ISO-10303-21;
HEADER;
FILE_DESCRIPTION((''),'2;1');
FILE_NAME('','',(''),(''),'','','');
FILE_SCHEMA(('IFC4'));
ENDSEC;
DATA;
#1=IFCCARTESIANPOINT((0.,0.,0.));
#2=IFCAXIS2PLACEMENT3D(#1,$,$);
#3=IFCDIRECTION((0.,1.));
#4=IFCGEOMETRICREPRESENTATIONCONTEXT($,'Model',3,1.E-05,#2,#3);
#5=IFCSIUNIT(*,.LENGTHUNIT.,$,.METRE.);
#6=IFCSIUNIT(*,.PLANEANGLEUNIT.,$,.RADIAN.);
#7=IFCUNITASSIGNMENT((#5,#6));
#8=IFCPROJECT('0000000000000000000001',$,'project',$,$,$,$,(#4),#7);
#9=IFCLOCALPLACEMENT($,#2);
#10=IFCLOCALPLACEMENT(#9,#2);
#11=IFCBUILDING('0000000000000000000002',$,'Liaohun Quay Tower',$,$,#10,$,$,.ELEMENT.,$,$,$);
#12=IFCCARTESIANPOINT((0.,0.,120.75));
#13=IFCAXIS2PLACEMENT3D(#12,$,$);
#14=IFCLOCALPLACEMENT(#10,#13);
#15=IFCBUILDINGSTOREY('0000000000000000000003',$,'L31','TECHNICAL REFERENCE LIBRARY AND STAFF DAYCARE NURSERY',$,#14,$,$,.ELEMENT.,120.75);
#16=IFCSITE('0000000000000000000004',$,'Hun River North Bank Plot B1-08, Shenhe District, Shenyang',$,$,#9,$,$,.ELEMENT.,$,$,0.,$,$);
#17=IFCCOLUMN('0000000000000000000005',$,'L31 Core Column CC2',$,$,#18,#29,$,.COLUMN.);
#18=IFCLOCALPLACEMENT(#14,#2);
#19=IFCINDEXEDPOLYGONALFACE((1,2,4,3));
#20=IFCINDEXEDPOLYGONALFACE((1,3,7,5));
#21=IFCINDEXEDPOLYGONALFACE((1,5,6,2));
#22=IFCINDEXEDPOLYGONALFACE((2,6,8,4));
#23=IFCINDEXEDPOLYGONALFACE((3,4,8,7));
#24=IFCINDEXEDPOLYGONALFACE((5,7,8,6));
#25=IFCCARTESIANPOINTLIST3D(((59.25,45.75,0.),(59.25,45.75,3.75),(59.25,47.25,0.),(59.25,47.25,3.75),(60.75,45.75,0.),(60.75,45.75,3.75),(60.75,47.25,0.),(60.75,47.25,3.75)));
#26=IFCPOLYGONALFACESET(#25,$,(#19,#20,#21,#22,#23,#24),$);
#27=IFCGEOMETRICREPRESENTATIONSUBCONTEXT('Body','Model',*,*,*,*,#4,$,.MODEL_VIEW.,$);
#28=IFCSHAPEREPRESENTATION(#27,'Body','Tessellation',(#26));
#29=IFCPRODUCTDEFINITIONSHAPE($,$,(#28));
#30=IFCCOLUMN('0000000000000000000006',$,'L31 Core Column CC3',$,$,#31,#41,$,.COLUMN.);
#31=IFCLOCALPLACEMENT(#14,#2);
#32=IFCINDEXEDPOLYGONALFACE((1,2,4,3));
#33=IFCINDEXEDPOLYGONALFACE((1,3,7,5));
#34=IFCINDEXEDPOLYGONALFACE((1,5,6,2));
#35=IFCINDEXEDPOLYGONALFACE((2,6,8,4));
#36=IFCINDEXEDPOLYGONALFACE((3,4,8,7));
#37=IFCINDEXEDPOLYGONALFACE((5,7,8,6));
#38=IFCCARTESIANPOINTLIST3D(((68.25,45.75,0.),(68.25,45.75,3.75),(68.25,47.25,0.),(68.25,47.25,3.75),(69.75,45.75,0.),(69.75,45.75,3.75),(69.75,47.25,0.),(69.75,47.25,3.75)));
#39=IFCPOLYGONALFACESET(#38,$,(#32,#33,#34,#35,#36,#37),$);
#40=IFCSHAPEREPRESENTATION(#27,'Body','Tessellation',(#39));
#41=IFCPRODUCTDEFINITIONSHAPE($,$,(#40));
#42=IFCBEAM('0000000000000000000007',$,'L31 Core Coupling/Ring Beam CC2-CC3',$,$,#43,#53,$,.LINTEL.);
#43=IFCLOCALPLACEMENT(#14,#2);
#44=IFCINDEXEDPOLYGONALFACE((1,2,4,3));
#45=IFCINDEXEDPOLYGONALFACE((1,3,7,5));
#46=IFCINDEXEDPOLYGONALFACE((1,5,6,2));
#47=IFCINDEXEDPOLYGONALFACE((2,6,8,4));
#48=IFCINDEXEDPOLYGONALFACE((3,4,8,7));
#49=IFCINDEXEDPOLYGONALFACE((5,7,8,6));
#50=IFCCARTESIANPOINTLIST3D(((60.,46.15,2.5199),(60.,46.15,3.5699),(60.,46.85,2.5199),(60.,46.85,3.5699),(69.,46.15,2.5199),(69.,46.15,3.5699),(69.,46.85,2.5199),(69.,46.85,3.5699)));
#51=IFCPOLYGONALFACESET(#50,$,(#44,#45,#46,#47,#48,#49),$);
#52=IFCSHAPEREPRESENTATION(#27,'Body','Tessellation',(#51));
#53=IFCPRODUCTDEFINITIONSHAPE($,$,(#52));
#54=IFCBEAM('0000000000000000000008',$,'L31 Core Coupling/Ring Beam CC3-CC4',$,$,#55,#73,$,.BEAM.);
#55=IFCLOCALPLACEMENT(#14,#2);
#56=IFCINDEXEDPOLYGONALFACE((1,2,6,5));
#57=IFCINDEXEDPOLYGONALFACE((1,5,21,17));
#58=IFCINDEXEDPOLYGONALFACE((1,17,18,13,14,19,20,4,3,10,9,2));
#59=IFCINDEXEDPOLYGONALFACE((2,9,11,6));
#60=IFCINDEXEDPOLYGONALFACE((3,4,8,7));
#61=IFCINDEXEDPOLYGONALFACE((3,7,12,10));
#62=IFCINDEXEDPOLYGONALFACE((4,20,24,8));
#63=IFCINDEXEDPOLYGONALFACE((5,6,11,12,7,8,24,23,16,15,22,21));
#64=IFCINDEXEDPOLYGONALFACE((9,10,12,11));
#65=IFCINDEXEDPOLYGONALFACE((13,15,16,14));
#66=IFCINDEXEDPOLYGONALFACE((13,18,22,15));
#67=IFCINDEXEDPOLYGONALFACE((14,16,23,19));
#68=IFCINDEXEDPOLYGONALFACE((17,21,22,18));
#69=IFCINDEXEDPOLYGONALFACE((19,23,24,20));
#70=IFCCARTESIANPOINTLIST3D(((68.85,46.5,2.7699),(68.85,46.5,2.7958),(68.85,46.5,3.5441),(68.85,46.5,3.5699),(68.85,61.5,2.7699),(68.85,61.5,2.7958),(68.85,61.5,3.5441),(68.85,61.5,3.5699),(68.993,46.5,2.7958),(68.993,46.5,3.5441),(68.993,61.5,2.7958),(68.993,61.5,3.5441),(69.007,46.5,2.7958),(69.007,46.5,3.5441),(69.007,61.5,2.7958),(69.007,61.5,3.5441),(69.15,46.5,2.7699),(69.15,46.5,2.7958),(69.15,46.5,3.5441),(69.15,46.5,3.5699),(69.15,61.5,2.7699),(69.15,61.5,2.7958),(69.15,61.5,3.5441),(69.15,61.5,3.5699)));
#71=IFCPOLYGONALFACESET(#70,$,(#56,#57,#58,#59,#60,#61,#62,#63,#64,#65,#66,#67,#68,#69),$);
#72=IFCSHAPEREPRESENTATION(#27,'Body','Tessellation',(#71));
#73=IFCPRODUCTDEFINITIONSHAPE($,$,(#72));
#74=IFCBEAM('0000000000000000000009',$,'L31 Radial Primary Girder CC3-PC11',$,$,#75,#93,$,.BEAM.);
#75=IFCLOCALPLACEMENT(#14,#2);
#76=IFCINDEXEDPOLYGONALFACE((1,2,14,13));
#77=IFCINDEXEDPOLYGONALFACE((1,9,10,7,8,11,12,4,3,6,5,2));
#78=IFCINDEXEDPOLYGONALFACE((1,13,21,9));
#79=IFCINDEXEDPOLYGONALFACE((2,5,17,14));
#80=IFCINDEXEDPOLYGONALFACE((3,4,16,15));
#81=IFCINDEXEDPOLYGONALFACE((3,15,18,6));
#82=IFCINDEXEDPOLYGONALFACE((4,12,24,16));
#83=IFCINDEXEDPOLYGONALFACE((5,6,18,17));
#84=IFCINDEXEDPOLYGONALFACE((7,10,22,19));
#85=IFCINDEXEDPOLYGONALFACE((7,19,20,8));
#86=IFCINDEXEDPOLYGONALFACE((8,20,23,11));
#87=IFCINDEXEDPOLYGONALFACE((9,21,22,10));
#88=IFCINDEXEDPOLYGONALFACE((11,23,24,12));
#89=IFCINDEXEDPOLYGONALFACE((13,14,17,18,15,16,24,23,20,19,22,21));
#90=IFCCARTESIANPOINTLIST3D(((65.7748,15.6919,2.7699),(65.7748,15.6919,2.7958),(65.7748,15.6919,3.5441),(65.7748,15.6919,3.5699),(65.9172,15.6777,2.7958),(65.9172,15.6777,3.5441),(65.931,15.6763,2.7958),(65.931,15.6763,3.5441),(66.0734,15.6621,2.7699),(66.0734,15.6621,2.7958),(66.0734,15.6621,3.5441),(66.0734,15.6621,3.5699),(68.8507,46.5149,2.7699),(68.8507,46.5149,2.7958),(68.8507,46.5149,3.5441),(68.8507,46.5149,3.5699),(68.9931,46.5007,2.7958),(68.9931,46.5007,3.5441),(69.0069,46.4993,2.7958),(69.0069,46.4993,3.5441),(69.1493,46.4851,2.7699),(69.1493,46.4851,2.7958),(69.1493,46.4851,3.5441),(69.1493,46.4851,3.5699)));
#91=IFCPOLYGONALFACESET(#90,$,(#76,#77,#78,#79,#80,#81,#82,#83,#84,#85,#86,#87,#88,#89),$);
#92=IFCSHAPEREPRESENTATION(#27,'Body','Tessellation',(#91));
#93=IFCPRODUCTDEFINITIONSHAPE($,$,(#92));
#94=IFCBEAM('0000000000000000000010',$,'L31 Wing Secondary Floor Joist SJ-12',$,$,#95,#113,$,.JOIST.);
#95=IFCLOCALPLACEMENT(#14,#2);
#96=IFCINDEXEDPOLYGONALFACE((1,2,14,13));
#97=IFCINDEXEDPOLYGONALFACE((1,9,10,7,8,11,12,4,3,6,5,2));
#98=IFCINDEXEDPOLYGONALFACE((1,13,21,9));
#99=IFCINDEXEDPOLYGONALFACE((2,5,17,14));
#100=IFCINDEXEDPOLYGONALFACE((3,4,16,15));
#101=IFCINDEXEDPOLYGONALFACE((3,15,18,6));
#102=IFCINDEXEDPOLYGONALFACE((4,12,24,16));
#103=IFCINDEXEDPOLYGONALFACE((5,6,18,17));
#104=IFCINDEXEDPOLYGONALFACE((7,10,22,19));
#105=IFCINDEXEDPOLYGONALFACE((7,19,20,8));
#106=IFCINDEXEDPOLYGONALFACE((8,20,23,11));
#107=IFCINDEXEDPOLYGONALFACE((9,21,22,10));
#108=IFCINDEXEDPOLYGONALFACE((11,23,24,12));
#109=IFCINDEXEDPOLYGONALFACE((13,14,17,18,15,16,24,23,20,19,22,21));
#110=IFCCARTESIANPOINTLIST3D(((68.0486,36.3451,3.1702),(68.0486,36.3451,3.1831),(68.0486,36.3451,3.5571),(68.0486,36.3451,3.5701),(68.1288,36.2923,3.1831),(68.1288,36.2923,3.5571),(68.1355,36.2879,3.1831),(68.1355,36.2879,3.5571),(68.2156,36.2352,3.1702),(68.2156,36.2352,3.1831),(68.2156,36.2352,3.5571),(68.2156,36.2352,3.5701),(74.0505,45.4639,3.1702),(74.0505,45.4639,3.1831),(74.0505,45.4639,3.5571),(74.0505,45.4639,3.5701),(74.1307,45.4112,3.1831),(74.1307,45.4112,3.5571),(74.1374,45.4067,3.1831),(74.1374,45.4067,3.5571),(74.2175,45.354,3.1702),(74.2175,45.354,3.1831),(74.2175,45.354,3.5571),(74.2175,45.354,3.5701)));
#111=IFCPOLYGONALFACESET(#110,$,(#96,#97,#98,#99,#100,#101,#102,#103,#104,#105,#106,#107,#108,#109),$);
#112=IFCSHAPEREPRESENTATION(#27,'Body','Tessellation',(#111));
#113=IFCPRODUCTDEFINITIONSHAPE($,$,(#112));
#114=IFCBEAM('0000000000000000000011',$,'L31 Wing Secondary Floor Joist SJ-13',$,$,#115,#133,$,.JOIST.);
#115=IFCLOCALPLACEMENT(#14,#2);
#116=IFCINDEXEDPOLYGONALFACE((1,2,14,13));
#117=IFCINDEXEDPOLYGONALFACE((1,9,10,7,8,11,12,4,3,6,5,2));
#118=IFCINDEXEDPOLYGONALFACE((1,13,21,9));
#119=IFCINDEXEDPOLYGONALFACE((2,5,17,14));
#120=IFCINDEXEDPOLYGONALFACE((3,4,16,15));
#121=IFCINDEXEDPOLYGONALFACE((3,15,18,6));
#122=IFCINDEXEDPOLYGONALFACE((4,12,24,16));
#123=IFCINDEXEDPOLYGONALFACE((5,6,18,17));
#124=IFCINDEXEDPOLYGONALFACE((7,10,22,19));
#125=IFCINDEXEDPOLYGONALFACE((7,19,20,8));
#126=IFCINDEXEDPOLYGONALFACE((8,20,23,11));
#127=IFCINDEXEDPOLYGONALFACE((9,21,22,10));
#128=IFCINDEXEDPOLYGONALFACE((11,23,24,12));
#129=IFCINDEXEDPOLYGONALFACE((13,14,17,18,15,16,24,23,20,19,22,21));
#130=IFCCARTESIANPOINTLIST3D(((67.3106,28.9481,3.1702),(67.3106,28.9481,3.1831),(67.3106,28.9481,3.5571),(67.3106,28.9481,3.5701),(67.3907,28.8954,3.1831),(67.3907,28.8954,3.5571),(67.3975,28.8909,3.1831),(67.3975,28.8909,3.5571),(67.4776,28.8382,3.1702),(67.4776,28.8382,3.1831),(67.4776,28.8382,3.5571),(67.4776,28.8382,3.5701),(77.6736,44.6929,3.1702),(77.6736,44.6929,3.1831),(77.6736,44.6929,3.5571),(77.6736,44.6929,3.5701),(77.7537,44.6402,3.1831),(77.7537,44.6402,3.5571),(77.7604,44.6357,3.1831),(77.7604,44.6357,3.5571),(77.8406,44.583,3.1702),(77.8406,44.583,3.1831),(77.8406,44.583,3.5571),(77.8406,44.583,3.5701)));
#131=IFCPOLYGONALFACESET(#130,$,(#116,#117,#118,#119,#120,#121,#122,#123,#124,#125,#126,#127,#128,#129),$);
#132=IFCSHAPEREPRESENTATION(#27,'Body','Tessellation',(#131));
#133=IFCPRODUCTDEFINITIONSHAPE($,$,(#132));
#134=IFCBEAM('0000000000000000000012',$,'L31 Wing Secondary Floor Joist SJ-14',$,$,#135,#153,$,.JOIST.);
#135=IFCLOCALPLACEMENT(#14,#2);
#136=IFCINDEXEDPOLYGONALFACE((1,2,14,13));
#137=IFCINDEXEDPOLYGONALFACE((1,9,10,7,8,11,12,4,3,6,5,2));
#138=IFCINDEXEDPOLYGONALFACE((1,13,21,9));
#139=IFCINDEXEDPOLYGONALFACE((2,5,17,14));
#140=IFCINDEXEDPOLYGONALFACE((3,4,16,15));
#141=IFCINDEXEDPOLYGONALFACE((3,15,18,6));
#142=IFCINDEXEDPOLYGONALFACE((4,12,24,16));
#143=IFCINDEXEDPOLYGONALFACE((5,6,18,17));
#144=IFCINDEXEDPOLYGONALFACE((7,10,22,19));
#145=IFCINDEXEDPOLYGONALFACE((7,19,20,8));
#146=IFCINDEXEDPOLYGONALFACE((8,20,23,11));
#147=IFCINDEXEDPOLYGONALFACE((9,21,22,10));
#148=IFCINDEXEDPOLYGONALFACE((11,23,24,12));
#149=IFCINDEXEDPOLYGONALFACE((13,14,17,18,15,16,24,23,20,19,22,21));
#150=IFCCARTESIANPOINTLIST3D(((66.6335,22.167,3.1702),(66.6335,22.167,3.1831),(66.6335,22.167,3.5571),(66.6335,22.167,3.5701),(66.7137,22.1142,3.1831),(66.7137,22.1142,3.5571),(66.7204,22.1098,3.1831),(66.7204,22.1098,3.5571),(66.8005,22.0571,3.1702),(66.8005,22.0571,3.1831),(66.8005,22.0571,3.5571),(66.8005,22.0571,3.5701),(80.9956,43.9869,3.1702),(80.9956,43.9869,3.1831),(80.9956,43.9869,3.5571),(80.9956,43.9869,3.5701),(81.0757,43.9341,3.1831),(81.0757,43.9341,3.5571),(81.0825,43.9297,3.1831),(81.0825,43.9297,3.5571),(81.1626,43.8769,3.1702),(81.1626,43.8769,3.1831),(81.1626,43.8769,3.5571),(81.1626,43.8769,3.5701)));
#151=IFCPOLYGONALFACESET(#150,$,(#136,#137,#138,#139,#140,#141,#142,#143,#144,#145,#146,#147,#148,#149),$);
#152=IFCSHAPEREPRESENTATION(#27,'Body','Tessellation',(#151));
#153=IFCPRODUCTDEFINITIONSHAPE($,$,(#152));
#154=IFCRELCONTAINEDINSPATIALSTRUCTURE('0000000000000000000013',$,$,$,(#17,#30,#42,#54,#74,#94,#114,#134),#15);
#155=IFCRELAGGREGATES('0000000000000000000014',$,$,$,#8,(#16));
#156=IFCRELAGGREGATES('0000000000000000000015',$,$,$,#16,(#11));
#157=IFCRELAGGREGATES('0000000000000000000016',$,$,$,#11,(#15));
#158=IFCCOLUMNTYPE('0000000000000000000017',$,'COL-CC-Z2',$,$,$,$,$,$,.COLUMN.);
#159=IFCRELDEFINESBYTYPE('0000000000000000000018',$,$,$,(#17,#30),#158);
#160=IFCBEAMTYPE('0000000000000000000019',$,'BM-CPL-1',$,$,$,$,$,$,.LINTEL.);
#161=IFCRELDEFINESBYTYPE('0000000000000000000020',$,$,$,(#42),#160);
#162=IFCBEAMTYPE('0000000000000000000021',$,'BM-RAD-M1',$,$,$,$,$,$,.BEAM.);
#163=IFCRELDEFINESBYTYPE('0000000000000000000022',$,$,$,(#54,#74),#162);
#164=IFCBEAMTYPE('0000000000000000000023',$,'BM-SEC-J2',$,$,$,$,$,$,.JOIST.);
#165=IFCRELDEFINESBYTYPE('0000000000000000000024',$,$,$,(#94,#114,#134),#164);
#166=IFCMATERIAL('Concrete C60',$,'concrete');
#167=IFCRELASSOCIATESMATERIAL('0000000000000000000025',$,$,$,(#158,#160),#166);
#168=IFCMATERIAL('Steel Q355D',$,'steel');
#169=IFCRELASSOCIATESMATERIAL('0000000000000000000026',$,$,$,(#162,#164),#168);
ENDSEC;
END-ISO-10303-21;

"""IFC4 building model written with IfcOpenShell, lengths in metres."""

from ifc_helpers import new_model, si_unit, direction, frame, origin, origin_2d, place, context, subcontext, project, spatial, rectangle, i_section, extrude, source, transform, mapped, material, material_profile, profile_set, type_object, element, save


model = new_model("IFC4")

# Units and contexts
model_context = context("Model", 3, precision=1e-05, world=origin(), true_north=direction((0.0, 1.0)))
body_context = subcontext(model_context, "Body", "Model", "MODEL_VIEW")
ifc_project = project(units=[si_unit("LENGTHUNIT", "METRE"), si_unit("PLANEANGLEUNIT", "RADIAN")], contexts=[model_context])

# Site, building, storey
site_placement = place(None, origin())
site = spatial("IfcSite", under=ifc_project, at=site_placement, Name="Hun River North Bank Plot B1-08, Shenhe District, Shenyang", CompositionType="ELEMENT", RefElevation=0.0)
building_placement = place(site_placement, origin())
building = spatial("IfcBuilding", under=site, at=building_placement, Name="Liaohun Quay Tower", CompositionType="ELEMENT")
storey_placement = place(building_placement, frame((0.0, 0.0, 120.75)))
storey = spatial("IfcBuildingStorey", under=building, at=storey_placement, Name="L31", Description="TECHNICAL REFERENCE LIBRARY AND STAFF DAYCARE NURSERY", CompositionType="ELEMENT", Elevation=120.75)

# Columns
ifc_material_1 = material(Name="Concrete C60", Category="concrete")
ifc_material_profile_1 = material_profile(ifc_material_1, rectangle(XDim=1.5, YDim=1.5, at=origin_2d()), Name="RC1500x1500")
ifc_profile_set_1 = profile_set([ifc_material_profile_1], Name="Concrete C60")
column_type = type_object("IfcColumnType", Name="COL-CC-Z2", PredefinedType="COLUMN", material=ifc_profile_set_1)
shared_shape_1 = source(origin(), body_context, "Body", "SweptSolid", [
    extrude(rectangle(XDim=1.5, YDim=1.5, at=origin_2d()), origin(), (0.0, 0.0, 1.0), 3.75),
])
for number, where, z_axis, x_axis, name in (
    (1, (60.0, 46.5, 0.0), (0.0, 0.0, 1.0), (1.0, 0.0, 0.0), "L31 Core Column CC2"),
    (2, (69.0, 46.5, 0.0), (0.0, 0.0, 1.0), (1.0, 0.0, 0.0), "L31 Core Column CC3"),
):
    element("IfcColumn", number, at=place(storey_placement, frame(where, z_axis=z_axis, x_axis=x_axis)), inside=storey, type_object=column_type, Name=name, PredefinedType="COLUMN", context=body_context, shape_type="MappedRepresentation", body=[
        mapped(shared_shape_1, transform((0.0, 0.0, 0.0), x_axis=(1.0, 0.0, 0.0), y_axis=(0.0, 1.0, 0.0), z_axis=(0.0, 0.0, 1.0), scale=1.0)),
    ])

# Beams
ifc_material_profile_2 = material_profile(ifc_material_1, rectangle(XDim=0.7, YDim=1.05, at=origin_2d()), Name="RC700x1050")
ifc_profile_set_2 = profile_set([ifc_material_profile_2], Name="Concrete C60")
beam_type_1 = type_object("IfcBeamType", Name="BM-CPL-1", PredefinedType="LINTEL", material=ifc_profile_set_2)
shared_shape_2 = source(origin(), body_context, "Body", "SweptSolid", [
    extrude(rectangle(XDim=0.7, YDim=1.05, at=origin_2d()), origin(), (0.0, 0.0, 1.0), 9.0),
])
beam_1_placement = place(storey_placement, frame((60.0, 46.5, 3.0449), z_axis=(1.0, 0.0, 0.0), x_axis=(0.0, 1.0, 0.0)))
element("IfcBeam", 3, at=beam_1_placement, inside=storey, type_object=beam_type_1, Name="L31 Core Coupling/Ring Beam CC2-CC3", PredefinedType="LINTEL", context=body_context, shape_type="MappedRepresentation", body=[
    mapped(shared_shape_2, transform((0.0, 0.0, 0.0), x_axis=(1.0, 0.0, 0.0), y_axis=(0.0, 1.0, 0.0), z_axis=(0.0, 0.0, 1.0), scale=1.0)),
])
ifc_material_2 = material(Name="Steel Q355D", Category="steel")
ifc_material_profile_3 = material_profile(ifc_material_2, i_section(OverallWidth=0.3, OverallDepth=0.8, WebThickness=0.0139, FlangeThickness=0.0259, at=origin_2d()), Name="HN800x300x14x26")
ifc_profile_set_3 = profile_set([ifc_material_profile_3], Name="Steel Q355D")
beam_type_2 = type_object("IfcBeamType", Name="BM-RAD-M1", PredefinedType="BEAM", material=ifc_profile_set_3)
shared_shape_3 = source(origin(), body_context, "Body", "SweptSolid", [
    extrude(i_section(OverallWidth=0.3, OverallDepth=0.8, WebThickness=0.0139, FlangeThickness=0.0259, at=origin_2d()), origin(), (0.0, 0.0, 1.0), 15.0),
])
beam_2_placement = place(storey_placement, frame((69.0, 46.5, 3.1699), z_axis=(0.0, 1.0, 0.0), x_axis=(-1.0, 0.0, 0.0)))
element("IfcBeam", 4, at=beam_2_placement, inside=storey, type_object=beam_type_2, Name="L31 Core Coupling/Ring Beam CC3-CC4", PredefinedType="BEAM", context=body_context, shape_type="MappedRepresentation", body=[
    mapped(shared_shape_3, transform((0.0, 0.0, 0.0), x_axis=(1.0, 0.0, 0.0), y_axis=(0.0, 1.0, 0.0), z_axis=(0.0, 0.0, 1.0), scale=1.0)),
])
shared_shape_4 = source(origin(), body_context, "Body", "SweptSolid", [
    extrude(i_section(OverallWidth=0.3, OverallDepth=0.8, WebThickness=0.0139, FlangeThickness=0.0259, at=origin_2d()), origin(), (0.0, 0.0, 1.0), 30.9761),
])
beam_3_placement = place(storey_placement, frame((69.0, 46.5, 3.1699), z_axis=(-0.0993, -0.995058, 0.0), x_axis=(0.995058, -0.0993, 0.0)))
element("IfcBeam", 5, at=beam_3_placement, inside=storey, type_object=beam_type_2, Name="L31 Radial Primary Girder CC3-PC11", PredefinedType="BEAM", context=body_context, shape_type="MappedRepresentation", body=[
    mapped(shared_shape_4, transform((0.0, 0.0, 0.0), x_axis=(1.0, 0.0, 0.0), y_axis=(0.0, 1.0, 0.0), z_axis=(0.0, 0.0, 1.0), scale=1.0)),
])
ifc_material_profile_4 = material_profile(ifc_material_2, i_section(OverallWidth=0.2, OverallDepth=0.3999, WebThickness=0.0081, FlangeThickness=0.0129, at=origin_2d()), Name="HN400x200x8x13")
ifc_profile_set_4 = profile_set([ifc_material_profile_4], Name="Steel Q355D")
beam_type_3 = type_object("IfcBeamType", Name="BM-SEC-J2", PredefinedType="JOIST", material=ifc_profile_set_4)
shared_shape_5 = source(origin(), body_context, "Body", "SweptSolid", [
    extrude(i_section(OverallWidth=0.2, OverallDepth=0.3999, WebThickness=0.0081, FlangeThickness=0.0129, at=origin_2d()), origin(), (0.0, 0.0, 1.0), 10.9167),
])
beam_4_placement = place(storey_placement, frame((74.134, 45.4089, 3.3701), z_axis=(-0.549788, -0.835304, 0.0), x_axis=(0.835304, -0.549788, 0.0)))
element("IfcBeam", 6, at=beam_4_placement, inside=storey, type_object=beam_type_3, Name="L31 Wing Secondary Floor Joist SJ-12", PredefinedType="JOIST", context=body_context, shape_type="MappedRepresentation", body=[
    mapped(shared_shape_5, transform((0.0, 0.0, 0.0), x_axis=(1.0, 0.0, 0.0), y_axis=(0.0, 1.0, 0.0), z_axis=(0.0, 0.0, 1.0), scale=1.0)),
])
shared_shape_6 = source(origin(), body_context, "Body", "SweptSolid", [
    extrude(i_section(OverallWidth=0.2, OverallDepth=0.3999, WebThickness=0.0081, FlangeThickness=0.0129, at=origin_2d()), origin(), (0.0, 0.0, 1.0), 18.8491),
])
beam_5_placement = place(storey_placement, frame((77.7571, 44.6379, 3.3701), z_axis=(-0.549786, -0.835306, 0.0), x_axis=(0.835306, -0.549786, 0.0)))
element("IfcBeam", 7, at=beam_5_placement, inside=storey, type_object=beam_type_3, Name="L31 Wing Secondary Floor Joist SJ-13", PredefinedType="JOIST", context=body_context, shape_type="MappedRepresentation", body=[
    mapped(shared_shape_6, transform((0.0, 0.0, 0.0), x_axis=(1.0, 0.0, 0.0), y_axis=(0.0, 1.0, 0.0), z_axis=(0.0, 0.0, 1.0), scale=1.0)),
])
shared_shape_7 = source(origin(), body_context, "Body", "SweptSolid", [
    extrude(i_section(OverallWidth=0.2, OverallDepth=0.3999, WebThickness=0.0081, FlangeThickness=0.0129, at=origin_2d()), origin(), (0.0, 0.0, 1.0), 26.1223),
])
beam_6_placement = place(storey_placement, frame((81.0791, 43.9319, 3.3701), z_axis=(-0.549801, -0.835296, 0.0), x_axis=(0.835296, -0.549801, 0.0)))
element("IfcBeam", 8, at=beam_6_placement, inside=storey, type_object=beam_type_3, Name="L31 Wing Secondary Floor Joist SJ-14", PredefinedType="JOIST", context=body_context, shape_type="MappedRepresentation", body=[
    mapped(shared_shape_7, transform((0.0, 0.0, 0.0), x_axis=(1.0, 0.0, 0.0), y_axis=(0.0, 1.0, 0.0), z_axis=(0.0, 0.0, 1.0), scale=1.0)),
])

save(model, "model.ifc")
